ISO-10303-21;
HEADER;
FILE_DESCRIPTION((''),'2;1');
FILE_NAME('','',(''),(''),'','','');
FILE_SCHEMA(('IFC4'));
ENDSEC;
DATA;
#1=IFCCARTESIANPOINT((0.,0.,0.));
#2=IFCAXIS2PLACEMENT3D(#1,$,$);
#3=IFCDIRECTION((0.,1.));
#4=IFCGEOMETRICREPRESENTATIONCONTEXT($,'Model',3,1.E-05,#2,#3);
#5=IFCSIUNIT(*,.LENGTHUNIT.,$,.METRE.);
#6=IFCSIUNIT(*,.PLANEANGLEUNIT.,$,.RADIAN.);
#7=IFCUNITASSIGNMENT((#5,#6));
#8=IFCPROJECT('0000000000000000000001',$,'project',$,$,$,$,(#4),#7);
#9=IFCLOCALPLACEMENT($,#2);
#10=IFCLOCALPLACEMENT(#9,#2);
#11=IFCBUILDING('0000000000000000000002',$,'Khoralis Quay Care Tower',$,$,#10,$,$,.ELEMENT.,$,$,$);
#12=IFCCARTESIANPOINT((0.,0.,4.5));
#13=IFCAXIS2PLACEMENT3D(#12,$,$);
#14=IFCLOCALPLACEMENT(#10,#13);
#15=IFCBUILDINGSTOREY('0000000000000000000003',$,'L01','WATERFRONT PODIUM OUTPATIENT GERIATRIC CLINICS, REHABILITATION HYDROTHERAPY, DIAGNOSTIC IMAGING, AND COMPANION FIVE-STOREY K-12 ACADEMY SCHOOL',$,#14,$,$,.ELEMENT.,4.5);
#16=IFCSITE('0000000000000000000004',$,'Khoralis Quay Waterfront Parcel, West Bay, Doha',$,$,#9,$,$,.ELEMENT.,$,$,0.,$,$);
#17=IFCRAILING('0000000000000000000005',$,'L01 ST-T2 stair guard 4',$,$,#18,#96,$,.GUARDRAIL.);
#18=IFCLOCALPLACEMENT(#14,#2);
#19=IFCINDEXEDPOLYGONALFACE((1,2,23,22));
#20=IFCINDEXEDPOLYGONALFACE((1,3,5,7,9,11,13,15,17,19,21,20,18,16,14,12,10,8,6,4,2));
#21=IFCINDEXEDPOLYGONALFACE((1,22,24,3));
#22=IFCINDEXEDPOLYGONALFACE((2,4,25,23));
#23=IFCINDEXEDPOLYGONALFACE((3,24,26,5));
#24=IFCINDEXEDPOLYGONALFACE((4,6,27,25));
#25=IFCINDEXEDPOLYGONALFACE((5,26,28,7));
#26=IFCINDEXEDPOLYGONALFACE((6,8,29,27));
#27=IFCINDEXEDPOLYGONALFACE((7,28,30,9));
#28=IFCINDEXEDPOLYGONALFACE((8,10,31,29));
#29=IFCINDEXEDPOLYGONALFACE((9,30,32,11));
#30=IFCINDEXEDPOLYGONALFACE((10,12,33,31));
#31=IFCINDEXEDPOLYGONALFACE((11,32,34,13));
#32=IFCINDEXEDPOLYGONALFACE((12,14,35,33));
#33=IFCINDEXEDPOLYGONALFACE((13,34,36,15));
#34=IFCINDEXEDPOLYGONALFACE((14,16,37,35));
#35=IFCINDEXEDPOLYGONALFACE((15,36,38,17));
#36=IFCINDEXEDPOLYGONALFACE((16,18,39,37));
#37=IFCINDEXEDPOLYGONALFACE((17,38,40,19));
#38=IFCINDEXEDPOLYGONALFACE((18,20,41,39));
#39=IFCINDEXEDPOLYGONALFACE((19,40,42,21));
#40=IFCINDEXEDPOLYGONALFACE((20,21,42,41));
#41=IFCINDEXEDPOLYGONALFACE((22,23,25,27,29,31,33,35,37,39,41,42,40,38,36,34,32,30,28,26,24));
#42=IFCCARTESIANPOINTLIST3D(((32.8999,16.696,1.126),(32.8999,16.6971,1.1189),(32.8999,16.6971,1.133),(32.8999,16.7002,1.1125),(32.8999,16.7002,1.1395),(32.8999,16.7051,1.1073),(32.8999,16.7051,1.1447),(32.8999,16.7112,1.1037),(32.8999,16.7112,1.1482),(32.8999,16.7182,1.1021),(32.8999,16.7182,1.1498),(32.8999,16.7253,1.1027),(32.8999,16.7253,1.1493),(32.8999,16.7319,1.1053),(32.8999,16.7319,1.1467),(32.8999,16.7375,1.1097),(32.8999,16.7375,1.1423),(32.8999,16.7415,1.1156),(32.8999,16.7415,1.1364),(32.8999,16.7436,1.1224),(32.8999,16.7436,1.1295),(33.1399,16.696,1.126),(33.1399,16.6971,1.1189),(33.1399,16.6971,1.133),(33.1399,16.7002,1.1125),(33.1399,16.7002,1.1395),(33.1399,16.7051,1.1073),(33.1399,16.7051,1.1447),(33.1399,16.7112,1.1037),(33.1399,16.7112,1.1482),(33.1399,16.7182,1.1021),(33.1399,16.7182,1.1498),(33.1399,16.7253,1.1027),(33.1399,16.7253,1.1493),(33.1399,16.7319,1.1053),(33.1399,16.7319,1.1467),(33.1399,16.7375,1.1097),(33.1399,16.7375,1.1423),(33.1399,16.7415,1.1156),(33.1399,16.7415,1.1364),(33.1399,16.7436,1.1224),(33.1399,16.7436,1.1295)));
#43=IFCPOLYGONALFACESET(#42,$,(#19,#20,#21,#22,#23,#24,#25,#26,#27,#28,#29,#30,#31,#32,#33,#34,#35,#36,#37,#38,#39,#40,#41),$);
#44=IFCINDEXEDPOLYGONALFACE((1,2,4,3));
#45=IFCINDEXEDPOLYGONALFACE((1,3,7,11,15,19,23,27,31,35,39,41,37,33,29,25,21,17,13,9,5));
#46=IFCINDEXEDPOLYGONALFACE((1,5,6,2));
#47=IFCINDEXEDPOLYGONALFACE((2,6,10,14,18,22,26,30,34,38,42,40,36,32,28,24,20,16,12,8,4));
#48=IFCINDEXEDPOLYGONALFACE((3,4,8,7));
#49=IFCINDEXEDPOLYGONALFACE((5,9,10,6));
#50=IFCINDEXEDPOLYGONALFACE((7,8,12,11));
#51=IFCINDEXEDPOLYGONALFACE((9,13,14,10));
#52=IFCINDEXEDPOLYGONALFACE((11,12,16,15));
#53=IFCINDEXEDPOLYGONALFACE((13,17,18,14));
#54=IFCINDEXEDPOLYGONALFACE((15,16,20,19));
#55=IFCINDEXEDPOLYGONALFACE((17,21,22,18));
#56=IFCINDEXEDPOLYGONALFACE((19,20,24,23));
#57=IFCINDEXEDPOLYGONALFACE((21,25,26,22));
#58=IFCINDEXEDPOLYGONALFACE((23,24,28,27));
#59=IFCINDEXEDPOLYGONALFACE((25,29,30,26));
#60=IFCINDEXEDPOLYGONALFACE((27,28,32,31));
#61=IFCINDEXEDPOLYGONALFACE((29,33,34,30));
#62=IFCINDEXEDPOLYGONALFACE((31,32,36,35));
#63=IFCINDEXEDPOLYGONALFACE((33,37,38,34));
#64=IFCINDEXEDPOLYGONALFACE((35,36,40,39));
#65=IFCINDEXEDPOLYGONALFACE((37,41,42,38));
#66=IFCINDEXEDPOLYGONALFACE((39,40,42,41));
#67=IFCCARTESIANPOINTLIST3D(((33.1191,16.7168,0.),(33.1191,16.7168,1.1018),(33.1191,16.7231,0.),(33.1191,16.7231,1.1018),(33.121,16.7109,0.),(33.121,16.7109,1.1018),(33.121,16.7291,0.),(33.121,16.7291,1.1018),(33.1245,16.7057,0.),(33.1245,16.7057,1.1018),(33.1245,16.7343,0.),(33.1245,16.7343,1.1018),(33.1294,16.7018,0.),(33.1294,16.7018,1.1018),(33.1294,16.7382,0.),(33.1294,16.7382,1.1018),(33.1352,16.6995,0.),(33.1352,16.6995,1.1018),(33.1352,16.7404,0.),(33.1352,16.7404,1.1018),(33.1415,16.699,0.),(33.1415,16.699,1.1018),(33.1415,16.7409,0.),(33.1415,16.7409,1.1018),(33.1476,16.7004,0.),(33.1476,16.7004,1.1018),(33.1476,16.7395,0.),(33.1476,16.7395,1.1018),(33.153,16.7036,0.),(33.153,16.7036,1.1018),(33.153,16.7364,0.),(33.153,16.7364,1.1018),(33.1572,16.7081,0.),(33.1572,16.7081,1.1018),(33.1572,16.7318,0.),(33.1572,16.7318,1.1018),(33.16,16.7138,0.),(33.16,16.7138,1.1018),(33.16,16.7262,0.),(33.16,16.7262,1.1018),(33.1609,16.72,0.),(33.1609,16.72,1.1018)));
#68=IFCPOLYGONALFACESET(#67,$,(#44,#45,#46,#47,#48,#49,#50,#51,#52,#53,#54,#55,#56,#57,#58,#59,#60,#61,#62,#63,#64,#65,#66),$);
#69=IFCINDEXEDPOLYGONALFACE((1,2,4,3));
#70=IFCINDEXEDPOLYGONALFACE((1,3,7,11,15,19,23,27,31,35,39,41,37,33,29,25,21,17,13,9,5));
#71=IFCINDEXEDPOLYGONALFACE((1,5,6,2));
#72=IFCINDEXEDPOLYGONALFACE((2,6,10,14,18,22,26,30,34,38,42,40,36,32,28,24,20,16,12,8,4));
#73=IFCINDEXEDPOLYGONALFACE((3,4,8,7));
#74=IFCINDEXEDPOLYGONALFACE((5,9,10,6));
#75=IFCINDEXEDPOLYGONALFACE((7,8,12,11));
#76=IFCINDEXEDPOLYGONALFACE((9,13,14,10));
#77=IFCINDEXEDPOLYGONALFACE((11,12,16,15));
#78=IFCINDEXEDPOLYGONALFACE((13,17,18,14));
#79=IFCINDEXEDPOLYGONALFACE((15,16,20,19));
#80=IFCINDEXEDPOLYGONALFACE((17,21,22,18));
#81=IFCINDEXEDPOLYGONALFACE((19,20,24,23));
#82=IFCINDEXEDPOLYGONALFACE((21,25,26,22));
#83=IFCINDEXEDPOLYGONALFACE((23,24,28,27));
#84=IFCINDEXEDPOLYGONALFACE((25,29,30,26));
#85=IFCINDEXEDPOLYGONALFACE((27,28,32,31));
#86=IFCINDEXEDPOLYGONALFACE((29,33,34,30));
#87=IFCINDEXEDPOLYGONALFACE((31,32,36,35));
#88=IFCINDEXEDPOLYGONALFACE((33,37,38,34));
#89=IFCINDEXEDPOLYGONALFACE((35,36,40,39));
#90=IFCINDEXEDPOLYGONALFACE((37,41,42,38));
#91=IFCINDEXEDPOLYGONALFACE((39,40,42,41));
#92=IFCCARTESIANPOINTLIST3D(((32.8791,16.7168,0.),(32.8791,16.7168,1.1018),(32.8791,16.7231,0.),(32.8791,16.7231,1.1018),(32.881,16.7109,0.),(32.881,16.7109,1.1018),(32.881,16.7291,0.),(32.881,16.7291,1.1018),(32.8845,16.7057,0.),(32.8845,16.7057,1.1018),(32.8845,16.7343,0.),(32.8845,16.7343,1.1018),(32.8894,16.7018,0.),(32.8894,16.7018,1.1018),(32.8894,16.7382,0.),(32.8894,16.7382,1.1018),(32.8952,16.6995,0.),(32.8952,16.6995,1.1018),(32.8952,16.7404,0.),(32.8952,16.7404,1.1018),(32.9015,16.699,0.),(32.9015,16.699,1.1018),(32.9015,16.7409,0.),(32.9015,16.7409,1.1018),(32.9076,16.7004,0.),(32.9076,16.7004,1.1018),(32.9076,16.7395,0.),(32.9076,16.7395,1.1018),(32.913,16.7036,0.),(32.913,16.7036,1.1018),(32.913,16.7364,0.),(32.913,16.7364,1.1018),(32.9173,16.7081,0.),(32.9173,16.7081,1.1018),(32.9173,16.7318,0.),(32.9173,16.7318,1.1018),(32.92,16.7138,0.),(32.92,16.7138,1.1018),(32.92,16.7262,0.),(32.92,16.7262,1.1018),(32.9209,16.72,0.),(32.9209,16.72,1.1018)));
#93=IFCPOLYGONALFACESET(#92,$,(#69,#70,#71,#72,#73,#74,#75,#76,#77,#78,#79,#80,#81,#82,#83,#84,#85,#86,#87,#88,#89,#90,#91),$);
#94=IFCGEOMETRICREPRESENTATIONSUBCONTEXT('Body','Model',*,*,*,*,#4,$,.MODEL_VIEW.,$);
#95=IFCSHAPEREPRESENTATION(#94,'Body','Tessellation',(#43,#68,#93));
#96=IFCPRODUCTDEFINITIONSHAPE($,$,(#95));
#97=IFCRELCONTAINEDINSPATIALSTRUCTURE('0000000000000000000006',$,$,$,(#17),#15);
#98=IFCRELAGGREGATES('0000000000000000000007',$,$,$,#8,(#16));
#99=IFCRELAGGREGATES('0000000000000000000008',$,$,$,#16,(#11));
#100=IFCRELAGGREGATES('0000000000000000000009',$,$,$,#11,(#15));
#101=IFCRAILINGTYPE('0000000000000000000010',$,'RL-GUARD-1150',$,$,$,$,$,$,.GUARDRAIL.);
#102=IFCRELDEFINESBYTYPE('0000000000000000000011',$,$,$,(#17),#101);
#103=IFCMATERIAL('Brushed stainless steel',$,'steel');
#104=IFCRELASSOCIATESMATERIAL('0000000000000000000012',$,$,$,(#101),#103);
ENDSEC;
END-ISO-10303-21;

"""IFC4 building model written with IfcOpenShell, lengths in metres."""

from ifc_helpers import new_model, si_unit, direction, frame, origin, origin_2d, place, context, subcontext, project, spatial, circle, extrude, material, type_object, element, save


model = new_model("IFC4")

# Units and contexts
model_context = context("Model", 3, precision=1e-05, world=origin(), true_north=direction((0.0, 1.0)))
body_context = subcontext(model_context, "Body", "Model", "MODEL_VIEW")
ifc_project = project(units=[si_unit("LENGTHUNIT", "METRE"), si_unit("PLANEANGLEUNIT", "RADIAN")], contexts=[model_context])

# Site, building, storey
site_placement = place(None, origin())
site = spatial("IfcSite", under=ifc_project, at=site_placement, Name="Khoralis Quay Waterfront Parcel, West Bay, Doha", CompositionType="ELEMENT", RefElevation=0.0)
building_placement = place(site_placement, origin())
building = spatial("IfcBuilding", under=site, at=building_placement, Name="Khoralis Quay Care Tower", CompositionType="ELEMENT")
storey_placement = place(building_placement, frame((0.0, 0.0, 4.5)))
storey = spatial("IfcBuildingStorey", under=building, at=storey_placement, Name="L01", Description="WATERFRONT PODIUM OUTPATIENT GERIATRIC CLINICS, REHABILITATION HYDROTHERAPY, DIAGNOSTIC IMAGING, AND COMPANION FIVE-STOREY K-12 ACADEMY SCHOOL", CompositionType="ELEMENT", Elevation=4.5)

# Shared definitions
ifc_material_1 = material(Name="Brushed stainless steel", Category="steel")

# Railing
railing_type_1 = type_object("IfcRailingType", Name="RL-GUARD-1150", PredefinedType="GUARDRAIL", material=ifc_material_1)
railing_1_placement = place(storey_placement, frame((33.1399, 16.72, 0.0)))
element("IfcRailing", 1, at=railing_1_placement, inside=storey, type_object=railing_type_1, Name="L01 ST-T2 stair guard 4", PredefinedType="GUARDRAIL", context=body_context, shape_type="SweptSolid", body=[
    extrude(circle(Radius=0.0239, at=origin_2d()), frame((0.0, 0.0, 1.126), z_axis=(-1.0, 0.0, 0.0), x_axis=(0.0, -1.0, 0.0)), (0.0, 0.0, 1.0), 0.24),
    extrude(circle(Radius=0.021, at=origin_2d()), origin(), (0.0, 0.0, 1.0), 1.1018),
    extrude(circle(Radius=0.021, at=origin_2d()), frame((-0.24, 0.0, 0.0)), (0.0, 0.0, 1.0), 1.1018),
])

save(model, "model.ifc")
